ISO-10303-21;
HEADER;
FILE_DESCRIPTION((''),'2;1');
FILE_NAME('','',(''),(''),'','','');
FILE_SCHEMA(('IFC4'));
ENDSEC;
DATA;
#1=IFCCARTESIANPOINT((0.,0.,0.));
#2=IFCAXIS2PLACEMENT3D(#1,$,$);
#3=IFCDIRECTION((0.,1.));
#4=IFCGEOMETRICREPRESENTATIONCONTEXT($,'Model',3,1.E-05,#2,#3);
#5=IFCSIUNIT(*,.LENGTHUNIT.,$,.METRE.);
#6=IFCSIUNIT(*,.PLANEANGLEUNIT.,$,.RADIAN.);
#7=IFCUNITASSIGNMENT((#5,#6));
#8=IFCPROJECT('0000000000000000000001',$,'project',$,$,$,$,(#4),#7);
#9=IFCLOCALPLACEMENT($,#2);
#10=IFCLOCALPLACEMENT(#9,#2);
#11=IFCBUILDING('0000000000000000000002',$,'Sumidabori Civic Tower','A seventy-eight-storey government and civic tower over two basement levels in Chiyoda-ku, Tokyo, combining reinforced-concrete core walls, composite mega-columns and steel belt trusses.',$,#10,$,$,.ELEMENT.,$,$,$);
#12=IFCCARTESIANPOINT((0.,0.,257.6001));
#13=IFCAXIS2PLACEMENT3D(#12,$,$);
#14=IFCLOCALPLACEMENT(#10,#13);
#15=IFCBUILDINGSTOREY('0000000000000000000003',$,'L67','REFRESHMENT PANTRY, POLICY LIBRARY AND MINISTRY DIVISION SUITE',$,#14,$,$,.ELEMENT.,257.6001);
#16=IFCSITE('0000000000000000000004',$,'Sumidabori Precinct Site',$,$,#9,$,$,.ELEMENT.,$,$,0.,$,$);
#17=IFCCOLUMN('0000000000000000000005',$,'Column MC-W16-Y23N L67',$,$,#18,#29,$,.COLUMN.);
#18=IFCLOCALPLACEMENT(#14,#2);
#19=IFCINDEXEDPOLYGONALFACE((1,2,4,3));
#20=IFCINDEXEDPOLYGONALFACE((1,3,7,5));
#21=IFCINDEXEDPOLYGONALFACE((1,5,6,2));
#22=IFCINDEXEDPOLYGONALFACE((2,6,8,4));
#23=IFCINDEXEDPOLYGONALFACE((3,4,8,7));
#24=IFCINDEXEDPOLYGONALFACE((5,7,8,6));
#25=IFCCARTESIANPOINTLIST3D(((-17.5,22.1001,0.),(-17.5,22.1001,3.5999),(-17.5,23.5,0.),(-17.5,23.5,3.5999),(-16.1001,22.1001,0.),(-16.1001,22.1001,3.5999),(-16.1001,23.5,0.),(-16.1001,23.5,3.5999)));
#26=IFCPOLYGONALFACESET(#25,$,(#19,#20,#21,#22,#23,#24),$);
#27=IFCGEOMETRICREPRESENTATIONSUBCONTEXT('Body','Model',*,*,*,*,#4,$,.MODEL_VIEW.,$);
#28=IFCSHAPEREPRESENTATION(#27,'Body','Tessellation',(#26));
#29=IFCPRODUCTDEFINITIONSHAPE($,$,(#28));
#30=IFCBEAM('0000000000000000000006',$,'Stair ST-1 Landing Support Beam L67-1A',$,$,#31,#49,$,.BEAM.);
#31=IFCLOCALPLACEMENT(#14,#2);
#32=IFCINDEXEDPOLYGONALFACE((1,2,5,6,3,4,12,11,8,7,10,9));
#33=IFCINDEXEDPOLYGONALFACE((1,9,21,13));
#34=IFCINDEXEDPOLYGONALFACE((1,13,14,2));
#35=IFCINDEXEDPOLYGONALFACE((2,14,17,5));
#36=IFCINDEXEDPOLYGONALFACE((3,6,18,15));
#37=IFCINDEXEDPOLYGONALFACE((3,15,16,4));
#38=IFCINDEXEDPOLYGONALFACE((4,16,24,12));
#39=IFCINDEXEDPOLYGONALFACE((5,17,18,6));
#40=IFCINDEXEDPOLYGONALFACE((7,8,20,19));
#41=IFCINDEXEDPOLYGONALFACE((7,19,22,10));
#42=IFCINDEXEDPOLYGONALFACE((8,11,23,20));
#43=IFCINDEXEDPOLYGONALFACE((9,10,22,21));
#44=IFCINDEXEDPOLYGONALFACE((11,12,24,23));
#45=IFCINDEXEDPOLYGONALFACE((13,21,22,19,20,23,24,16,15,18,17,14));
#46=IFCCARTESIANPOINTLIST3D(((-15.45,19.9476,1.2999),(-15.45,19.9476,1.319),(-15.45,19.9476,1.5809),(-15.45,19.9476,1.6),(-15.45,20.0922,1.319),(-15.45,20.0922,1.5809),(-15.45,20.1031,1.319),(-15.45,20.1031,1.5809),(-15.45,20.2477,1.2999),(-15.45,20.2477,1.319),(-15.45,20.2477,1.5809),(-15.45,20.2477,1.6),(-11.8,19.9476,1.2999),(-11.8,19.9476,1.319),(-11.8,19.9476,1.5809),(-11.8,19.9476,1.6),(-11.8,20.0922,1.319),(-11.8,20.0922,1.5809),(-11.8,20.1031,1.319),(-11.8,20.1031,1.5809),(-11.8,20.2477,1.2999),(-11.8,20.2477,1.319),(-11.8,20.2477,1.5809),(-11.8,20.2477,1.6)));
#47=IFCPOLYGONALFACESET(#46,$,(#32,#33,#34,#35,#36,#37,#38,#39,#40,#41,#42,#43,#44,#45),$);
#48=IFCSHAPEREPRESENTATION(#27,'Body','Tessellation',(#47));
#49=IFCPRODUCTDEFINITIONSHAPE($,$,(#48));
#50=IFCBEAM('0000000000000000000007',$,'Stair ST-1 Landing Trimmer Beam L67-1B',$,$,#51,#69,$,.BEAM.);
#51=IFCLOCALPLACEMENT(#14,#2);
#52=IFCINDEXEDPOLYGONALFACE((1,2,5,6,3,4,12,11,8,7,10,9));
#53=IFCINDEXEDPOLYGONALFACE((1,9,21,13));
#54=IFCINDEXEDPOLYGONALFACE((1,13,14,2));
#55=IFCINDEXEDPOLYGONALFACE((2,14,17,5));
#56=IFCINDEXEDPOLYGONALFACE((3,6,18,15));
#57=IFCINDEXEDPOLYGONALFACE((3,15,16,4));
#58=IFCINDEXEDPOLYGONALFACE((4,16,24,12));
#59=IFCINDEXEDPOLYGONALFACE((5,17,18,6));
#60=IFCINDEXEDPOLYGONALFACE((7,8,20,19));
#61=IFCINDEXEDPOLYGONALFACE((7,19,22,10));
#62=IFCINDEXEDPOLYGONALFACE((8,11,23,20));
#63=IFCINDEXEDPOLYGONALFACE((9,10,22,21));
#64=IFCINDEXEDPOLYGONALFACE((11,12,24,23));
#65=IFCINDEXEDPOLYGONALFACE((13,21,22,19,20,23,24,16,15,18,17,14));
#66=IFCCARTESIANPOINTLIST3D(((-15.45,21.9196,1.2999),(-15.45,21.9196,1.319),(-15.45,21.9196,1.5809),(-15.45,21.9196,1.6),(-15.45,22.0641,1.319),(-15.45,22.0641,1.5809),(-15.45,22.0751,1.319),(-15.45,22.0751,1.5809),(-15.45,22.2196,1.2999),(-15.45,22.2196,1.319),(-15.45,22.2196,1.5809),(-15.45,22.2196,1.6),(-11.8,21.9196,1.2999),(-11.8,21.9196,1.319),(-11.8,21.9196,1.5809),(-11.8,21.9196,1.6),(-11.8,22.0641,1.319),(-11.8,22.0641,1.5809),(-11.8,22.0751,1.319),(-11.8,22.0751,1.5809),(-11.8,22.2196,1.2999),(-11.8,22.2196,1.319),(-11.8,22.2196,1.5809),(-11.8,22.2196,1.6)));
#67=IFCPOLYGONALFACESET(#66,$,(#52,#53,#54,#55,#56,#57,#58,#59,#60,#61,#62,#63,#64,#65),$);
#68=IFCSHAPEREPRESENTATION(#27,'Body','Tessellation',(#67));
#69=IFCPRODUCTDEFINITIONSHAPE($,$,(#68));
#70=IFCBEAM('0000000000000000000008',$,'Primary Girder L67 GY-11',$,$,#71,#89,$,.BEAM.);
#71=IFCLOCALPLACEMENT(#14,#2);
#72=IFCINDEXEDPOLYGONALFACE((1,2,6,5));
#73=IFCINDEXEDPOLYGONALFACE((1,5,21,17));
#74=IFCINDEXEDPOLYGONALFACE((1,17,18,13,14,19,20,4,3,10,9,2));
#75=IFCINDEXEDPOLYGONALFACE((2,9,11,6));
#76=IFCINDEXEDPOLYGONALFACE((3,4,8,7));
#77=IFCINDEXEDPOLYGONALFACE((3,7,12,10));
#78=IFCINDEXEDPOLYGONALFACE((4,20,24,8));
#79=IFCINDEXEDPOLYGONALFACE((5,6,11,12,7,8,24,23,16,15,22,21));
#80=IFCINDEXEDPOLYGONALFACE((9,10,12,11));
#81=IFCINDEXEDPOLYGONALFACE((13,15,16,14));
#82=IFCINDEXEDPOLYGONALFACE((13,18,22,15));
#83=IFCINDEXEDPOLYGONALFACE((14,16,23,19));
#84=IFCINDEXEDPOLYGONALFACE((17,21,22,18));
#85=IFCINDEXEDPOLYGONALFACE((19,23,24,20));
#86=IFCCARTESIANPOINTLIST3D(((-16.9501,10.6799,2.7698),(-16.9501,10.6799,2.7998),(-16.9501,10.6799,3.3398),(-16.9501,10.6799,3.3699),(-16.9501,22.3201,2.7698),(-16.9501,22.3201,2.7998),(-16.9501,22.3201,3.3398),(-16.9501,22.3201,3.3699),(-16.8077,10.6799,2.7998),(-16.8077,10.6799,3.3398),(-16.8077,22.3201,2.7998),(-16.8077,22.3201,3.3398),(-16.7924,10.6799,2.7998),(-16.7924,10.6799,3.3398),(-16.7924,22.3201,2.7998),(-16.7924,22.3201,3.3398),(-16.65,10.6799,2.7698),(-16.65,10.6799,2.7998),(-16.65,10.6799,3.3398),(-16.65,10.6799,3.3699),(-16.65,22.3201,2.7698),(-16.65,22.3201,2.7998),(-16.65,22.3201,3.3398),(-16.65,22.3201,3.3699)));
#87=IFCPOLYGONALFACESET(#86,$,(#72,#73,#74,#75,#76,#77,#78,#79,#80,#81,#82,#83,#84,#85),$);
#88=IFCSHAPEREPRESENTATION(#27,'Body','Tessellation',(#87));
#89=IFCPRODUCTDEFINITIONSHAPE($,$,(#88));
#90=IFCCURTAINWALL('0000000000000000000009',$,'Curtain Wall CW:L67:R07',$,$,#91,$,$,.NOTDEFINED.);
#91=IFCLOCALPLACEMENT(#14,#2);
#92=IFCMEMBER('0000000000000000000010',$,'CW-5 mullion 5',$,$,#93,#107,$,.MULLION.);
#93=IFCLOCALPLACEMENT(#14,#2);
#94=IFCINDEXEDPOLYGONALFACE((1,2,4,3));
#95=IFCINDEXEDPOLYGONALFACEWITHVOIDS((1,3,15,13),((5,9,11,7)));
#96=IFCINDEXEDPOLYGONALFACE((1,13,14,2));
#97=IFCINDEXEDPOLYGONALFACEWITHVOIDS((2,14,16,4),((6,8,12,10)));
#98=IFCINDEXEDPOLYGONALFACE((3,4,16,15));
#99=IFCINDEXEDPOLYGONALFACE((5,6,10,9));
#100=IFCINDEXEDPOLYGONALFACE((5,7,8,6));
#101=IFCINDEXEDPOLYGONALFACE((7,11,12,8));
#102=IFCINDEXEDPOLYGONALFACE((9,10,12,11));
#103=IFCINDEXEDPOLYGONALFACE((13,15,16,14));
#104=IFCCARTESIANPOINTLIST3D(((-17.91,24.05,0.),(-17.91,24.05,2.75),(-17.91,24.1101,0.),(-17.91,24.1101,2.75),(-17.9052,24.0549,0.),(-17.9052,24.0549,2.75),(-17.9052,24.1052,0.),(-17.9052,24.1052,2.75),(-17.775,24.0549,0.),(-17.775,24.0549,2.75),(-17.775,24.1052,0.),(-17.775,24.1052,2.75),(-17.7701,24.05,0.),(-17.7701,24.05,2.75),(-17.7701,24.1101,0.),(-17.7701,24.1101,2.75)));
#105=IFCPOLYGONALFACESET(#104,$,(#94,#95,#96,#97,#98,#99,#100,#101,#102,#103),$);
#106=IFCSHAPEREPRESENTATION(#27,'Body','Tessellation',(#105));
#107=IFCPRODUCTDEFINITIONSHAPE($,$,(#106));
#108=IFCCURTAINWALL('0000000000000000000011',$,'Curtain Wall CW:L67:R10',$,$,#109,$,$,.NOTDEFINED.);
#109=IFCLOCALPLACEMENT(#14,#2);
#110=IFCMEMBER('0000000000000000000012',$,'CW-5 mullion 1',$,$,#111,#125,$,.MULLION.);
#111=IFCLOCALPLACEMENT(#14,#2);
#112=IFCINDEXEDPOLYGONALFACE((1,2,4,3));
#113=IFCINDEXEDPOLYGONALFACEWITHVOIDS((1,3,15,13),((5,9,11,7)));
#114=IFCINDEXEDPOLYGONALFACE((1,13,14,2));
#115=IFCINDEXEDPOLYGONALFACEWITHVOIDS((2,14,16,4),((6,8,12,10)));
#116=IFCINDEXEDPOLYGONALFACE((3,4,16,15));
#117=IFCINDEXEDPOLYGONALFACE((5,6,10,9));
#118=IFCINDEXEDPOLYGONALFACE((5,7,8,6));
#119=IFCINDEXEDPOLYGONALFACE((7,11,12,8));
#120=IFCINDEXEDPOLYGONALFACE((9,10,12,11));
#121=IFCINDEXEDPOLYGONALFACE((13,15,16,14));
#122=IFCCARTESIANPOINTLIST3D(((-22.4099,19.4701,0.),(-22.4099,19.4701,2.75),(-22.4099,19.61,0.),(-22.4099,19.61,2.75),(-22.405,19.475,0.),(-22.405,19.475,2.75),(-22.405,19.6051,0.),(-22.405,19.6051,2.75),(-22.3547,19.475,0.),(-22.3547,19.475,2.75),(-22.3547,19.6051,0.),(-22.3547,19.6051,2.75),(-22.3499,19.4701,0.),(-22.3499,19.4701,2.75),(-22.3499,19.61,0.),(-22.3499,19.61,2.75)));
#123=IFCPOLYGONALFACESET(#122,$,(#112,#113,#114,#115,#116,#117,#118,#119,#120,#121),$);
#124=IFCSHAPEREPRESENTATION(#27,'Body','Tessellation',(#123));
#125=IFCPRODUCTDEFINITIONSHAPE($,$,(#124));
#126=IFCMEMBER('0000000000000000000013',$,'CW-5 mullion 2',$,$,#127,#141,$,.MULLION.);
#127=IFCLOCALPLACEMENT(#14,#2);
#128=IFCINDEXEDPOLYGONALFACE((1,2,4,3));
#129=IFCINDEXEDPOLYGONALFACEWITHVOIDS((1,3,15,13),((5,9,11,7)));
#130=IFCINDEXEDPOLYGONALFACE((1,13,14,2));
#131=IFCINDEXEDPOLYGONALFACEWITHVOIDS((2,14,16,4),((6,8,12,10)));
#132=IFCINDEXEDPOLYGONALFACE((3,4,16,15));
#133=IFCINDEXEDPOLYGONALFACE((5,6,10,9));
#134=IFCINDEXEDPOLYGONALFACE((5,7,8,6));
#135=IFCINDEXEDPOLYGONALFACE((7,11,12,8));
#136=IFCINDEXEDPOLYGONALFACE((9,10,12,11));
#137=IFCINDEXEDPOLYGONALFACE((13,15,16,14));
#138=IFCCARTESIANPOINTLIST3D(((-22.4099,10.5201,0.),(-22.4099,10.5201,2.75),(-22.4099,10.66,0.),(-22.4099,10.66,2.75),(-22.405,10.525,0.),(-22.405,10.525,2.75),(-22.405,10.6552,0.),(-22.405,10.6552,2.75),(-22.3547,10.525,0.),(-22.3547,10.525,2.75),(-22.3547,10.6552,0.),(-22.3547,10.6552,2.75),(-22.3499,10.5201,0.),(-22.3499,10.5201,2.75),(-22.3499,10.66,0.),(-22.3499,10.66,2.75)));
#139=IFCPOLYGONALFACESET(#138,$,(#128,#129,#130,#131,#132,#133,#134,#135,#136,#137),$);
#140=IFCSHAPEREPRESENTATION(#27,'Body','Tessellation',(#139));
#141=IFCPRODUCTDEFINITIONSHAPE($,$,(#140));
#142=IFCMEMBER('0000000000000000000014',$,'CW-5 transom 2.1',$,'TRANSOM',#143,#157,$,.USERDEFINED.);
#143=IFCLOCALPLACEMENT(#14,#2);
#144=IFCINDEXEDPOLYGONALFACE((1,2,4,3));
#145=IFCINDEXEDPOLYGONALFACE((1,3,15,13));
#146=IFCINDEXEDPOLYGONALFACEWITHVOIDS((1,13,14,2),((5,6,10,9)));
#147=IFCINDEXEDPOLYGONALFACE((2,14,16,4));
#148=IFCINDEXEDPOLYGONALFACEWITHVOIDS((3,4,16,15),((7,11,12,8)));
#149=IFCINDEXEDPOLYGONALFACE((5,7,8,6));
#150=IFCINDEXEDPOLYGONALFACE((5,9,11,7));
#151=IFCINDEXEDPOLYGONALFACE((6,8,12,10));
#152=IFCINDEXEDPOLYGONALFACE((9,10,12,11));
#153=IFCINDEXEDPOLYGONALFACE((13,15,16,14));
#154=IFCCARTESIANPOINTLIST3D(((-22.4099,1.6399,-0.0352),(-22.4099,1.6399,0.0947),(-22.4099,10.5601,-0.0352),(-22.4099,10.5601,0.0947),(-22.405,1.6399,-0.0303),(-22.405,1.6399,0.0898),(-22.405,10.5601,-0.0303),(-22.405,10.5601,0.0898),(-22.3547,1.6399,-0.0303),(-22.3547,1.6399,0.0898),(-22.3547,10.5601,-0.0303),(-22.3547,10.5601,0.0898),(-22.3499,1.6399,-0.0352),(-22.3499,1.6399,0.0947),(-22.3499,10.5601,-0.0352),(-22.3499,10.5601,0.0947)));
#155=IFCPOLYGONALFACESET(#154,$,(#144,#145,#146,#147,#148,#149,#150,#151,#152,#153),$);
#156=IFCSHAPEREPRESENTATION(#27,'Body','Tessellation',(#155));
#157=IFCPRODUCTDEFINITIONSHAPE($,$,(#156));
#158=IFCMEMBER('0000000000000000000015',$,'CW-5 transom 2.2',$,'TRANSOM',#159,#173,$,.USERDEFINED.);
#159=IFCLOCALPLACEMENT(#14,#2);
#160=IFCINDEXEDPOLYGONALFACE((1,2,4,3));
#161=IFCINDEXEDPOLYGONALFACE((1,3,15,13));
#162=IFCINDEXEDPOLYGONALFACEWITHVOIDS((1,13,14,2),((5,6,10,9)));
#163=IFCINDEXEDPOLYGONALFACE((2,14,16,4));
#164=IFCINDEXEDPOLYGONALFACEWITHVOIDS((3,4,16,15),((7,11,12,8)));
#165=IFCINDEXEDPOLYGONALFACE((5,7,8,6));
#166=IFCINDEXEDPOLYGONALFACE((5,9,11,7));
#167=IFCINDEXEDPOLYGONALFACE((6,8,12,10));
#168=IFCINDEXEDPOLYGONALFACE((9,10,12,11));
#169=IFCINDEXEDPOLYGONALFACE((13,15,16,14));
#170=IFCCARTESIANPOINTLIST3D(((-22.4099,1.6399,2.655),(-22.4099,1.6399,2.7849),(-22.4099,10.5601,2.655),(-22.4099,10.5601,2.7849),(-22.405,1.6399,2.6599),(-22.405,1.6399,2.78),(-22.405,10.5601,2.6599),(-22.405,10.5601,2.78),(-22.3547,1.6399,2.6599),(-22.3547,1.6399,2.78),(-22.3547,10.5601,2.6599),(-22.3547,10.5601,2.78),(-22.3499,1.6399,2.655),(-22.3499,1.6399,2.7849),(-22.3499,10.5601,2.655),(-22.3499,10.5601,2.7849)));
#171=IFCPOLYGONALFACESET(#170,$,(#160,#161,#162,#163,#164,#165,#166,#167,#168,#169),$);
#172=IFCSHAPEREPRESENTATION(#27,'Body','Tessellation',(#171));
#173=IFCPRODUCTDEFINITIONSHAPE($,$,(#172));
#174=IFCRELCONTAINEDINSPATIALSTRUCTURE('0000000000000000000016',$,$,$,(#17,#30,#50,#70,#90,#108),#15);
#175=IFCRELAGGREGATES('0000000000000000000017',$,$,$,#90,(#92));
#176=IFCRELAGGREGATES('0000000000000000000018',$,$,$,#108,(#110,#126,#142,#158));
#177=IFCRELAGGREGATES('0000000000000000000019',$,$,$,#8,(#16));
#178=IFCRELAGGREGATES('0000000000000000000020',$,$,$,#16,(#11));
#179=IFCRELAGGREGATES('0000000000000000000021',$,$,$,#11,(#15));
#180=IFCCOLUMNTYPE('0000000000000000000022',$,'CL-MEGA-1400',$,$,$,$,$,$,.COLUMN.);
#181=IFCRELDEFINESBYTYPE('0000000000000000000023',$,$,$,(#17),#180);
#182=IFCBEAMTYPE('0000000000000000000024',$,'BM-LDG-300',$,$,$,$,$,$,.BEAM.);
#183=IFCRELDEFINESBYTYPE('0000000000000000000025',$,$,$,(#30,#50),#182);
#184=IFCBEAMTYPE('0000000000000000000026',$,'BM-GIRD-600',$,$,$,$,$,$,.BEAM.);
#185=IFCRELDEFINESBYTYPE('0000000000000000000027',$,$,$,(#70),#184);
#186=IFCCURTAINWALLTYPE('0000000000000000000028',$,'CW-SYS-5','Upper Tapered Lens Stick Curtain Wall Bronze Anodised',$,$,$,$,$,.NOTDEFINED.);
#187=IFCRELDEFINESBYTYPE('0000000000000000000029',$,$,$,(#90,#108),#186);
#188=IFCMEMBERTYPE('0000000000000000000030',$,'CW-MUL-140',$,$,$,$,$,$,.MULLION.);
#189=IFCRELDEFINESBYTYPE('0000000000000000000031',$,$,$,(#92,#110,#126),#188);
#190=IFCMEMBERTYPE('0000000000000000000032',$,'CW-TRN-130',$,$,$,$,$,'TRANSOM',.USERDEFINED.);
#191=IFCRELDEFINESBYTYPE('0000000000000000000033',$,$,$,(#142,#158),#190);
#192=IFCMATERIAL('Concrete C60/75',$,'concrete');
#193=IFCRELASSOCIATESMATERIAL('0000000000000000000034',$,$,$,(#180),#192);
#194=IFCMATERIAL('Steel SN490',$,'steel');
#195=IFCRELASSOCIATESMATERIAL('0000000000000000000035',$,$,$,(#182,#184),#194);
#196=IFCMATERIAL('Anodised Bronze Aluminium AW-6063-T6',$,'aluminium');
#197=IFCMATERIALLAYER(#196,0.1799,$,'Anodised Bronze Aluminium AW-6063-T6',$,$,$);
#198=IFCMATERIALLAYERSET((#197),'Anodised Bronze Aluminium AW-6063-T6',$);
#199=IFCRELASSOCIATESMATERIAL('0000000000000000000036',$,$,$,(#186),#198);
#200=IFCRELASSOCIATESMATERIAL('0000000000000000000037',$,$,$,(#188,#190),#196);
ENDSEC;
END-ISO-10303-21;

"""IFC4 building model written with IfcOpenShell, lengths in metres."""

from ifc_helpers import new_model, si_unit, direction, frame, origin, origin_2d, place, context, subcontext, project, spatial, rectangle, hollow_rectangle, i_section, extrude, source, transform, mapped, material, layer, layer_set, material_profile, profile_set, type_object, element, aggregate, save


model = new_model("IFC4")

# Units and contexts
model_context = context("Model", 3, precision=1e-05, world=origin(), true_north=direction((0.0, 1.0)))
body_context = subcontext(model_context, "Body", "Model", "MODEL_VIEW")
ifc_project = project(units=[si_unit("LENGTHUNIT", "METRE"), si_unit("PLANEANGLEUNIT", "RADIAN")], contexts=[model_context])

# Site, building, storey
site_placement = place(None, origin())
site = spatial("IfcSite", under=ifc_project, at=site_placement, Name="Sumidabori Precinct Site", CompositionType="ELEMENT", RefElevation=0.0)
building_placement = place(site_placement, origin())
building = spatial("IfcBuilding", under=site, at=building_placement, Name="Sumidabori Civic Tower", Description="A seventy-eight-storey government and civic tower over two basement levels in Chiyoda-ku, Tokyo, combining reinforced-concrete core walls, composite mega-columns and steel belt trusses.", CompositionType="ELEMENT")
storey_placement = place(building_placement, frame((0.0, 0.0, 257.6001)))
storey = spatial("IfcBuildingStorey", under=building, at=storey_placement, Name="L67", Description="REFRESHMENT PANTRY, POLICY LIBRARY AND MINISTRY DIVISION SUITE", CompositionType="ELEMENT", Elevation=257.6001)

# Column
ifc_material_1 = material(Name="Concrete C60/75", Category="concrete")
ifc_material_profile_1 = material_profile(ifc_material_1, rectangle(XDim=1.3999, YDim=1.3999, at=origin_2d()), Name="RC 1400x1400")
ifc_profile_set_1 = profile_set([ifc_material_profile_1], Name="Concrete C60/75")
column_type = type_object("IfcColumnType", Name="CL-MEGA-1400", PredefinedType="COLUMN", material=ifc_profile_set_1)
shared_shape_1 = source(origin(), body_context, "Body", "SweptSolid", [
    extrude(rectangle(XDim=1.3999, YDim=1.3999, at=origin_2d()), origin(), (0.0, 0.0, 1.0), 3.5999),
])
column_placement = place(storey_placement, frame((-16.8, 22.8, 0.0), z_axis=(0.0, 0.0, 1.0), x_axis=(1.0, 0.0, 0.0)))
element("IfcColumn", 1, at=column_placement, inside=storey, type_object=column_type, Name="Column MC-W16-Y23N L67", PredefinedType="COLUMN", context=body_context, shape_type="MappedRepresentation", body=[
    mapped(shared_shape_1, transform((0.0, 0.0, 0.0), x_axis=(1.0, 0.0, 0.0), y_axis=(0.0, 1.0, 0.0), z_axis=(0.0, 0.0, 1.0), scale=1.0)),
])

# Beams
ifc_material_2 = material(Name="Steel SN490", Category="steel")
ifc_material_profile_2 = material_profile(ifc_material_2, i_section(OverallWidth=0.3, OverallDepth=0.3, WebThickness=0.011, FlangeThickness=0.019, at=origin_2d()), Name="HE 300 B")
ifc_profile_set_2 = profile_set([ifc_material_profile_2], Name="Steel SN490")
beam_type_1 = type_object("IfcBeamType", Name="BM-LDG-300", PredefinedType="BEAM", material=ifc_profile_set_2)
shared_shape_2 = source(origin(), body_context, "Body", "SweptSolid", [
    extrude(i_section(OverallWidth=0.3, OverallDepth=0.3, WebThickness=0.011, FlangeThickness=0.019, at=origin_2d()), origin(), (0.0, 0.0, 1.0), 3.6499),
])
for number, where, z_axis, x_axis, name in (
    (2, (-15.45, 20.0977, 1.45), (1.0, 0.0, 0.0), (0.0, 1.0, 0.0), "Stair ST-1 Landing Support Beam L67-1A"),
    (3, (-15.45, 22.0696, 1.45), (1.0, 0.0, 0.0), (0.0, 1.0, 0.0), "Stair ST-1 Landing Trimmer Beam L67-1B"),
):
    element("IfcBeam", number, at=place(storey_placement, frame(where, z_axis=z_axis, x_axis=x_axis)), inside=storey, type_object=beam_type_1, Name=name, PredefinedType="BEAM", context=body_context, shape_type="MappedRepresentation", body=[
        mapped(shared_shape_2, transform((0.0, 0.0, 0.0), x_axis=(1.0, 0.0, 0.0), y_axis=(0.0, 1.0, 0.0), z_axis=(0.0, 0.0, 1.0), scale=1.0)),
    ])
ifc_material_profile_3 = material_profile(ifc_material_2, i_section(OverallWidth=0.3, OverallDepth=0.6001, WebThickness=0.0154, FlangeThickness=0.03, at=origin_2d()), Name="HE 600 B")
ifc_profile_set_3 = profile_set([ifc_material_profile_3], Name="Steel SN490")
beam_type_2 = type_object("IfcBeamType", Name="BM-GIRD-600", PredefinedType="BEAM", material=ifc_profile_set_3)
shared_shape_3 = source(origin(), body_context, "Body", "SweptSolid", [
    extrude(i_section(OverallWidth=0.3, OverallDepth=0.6001, WebThickness=0.0154, FlangeThickness=0.03, at=origin_2d()), origin(), (0.0, 0.0, 1.0), 11.6401),
])
beam_placement = place(storey_placement, frame((-16.8, 10.6799, 3.0698), z_axis=(0.0, 1.0, 0.0), x_axis=(-1.0, 0.0, 0.0)))
element("IfcBeam", 4, at=beam_placement, inside=storey, type_object=beam_type_2, Name="Primary Girder L67 GY-11", PredefinedType="BEAM", context=body_context, shape_type="MappedRepresentation", body=[
    mapped(shared_shape_3, transform((0.0, 0.0, 0.0), x_axis=(1.0, 0.0, 0.0), y_axis=(0.0, 1.0, 0.0), z_axis=(0.0, 0.0, 1.0), scale=1.0)),
])

# Curtain wall, member
ifc_material_3 = material(Name="Anodised Bronze Aluminium AW-6063-T6", Category="aluminium")
ifc_layer_1 = layer(ifc_material_3, 0.1799, Name="Anodised Bronze Aluminium AW-6063-T6")
ifc_layer_set_1 = layer_set([ifc_layer_1], Name="Anodised Bronze Aluminium AW-6063-T6")
curtain_wall_type = type_object("IfcCurtainWallType", Name="CW-SYS-5", Description="Upper Tapered Lens Stick Curtain Wall Bronze Anodised", PredefinedType="NOTDEFINED", material=ifc_layer_set_1)
curtain_wall_1_placement = place(storey_placement, origin())
curtain_wall_1 = element("IfcCurtainWall", 5, at=curtain_wall_1_placement, inside=storey, type_object=curtain_wall_type, Name="Curtain Wall CW:L67:R07", PredefinedType="NOTDEFINED")
ifc_material_profile_4 = material_profile(ifc_material_3, hollow_rectangle(XDim=0.0601, YDim=0.1399, WallThickness=0.0049, at=origin_2d()), Name="ALU MULLION 140x60")
ifc_profile_set_4 = profile_set([ifc_material_profile_4], Name="Anodised Bronze Aluminium AW-6063-T6")
member_type_1 = type_object("IfcMemberType", Name="CW-MUL-140", PredefinedType="MULLION", material=ifc_profile_set_4)
shared_shape_4 = source(origin(), body_context, "Body", "SweptSolid", [
    extrude(hollow_rectangle(XDim=0.0601, YDim=0.1399, WallThickness=0.0049, at=origin_2d()), origin(), (0.0, 0.0, 1.0), 2.75),
])
member_1_placement = place(storey_placement, frame((-17.8401, 24.0801, 0.0), z_axis=(0.0, 0.0, 1.0), x_axis=(0.0, -1.0, 0.0)))
member_1 = element("IfcMember", 6, at=member_1_placement, type_object=member_type_1, Name="CW-5 mullion 5", PredefinedType="MULLION", context=body_context, shape_type="MappedRepresentation", body=[
    mapped(shared_shape_4, transform((0.0, 0.0, 0.0), x_axis=(1.0, 0.0, 0.0), y_axis=(0.0, 1.0, 0.0), z_axis=(0.0, 0.0, 1.0), scale=1.0)),
])

# Curtain wall, members
curtain_wall_2_placement = place(storey_placement, origin())
curtain_wall_2 = element("IfcCurtainWall", 7, at=curtain_wall_2_placement, inside=storey, type_object=curtain_wall_type, Name="Curtain Wall CW:L67:R10", PredefinedType="NOTDEFINED")
member_2_placement = place(storey_placement, frame((-22.3799, 19.54, 0.0), z_axis=(0.0, 0.0, 1.0), x_axis=(1.0, 0.0, 0.0)))
member_2 = element("IfcMember", 8, at=member_2_placement, type_object=member_type_1, Name="CW-5 mullion 1", PredefinedType="MULLION", context=body_context, shape_type="MappedRepresentation", body=[
    mapped(shared_shape_4, transform((0.0, 0.0, 0.0), x_axis=(1.0, 0.0, 0.0), y_axis=(0.0, 1.0, 0.0), z_axis=(0.0, 0.0, 1.0), scale=1.0)),
])
member_3_placement = place(storey_placement, frame((-22.3799, 10.5901, 0.0), z_axis=(0.0, 0.0, 1.0), x_axis=(1.0, 0.0, 0.0)))
member_3 = element("IfcMember", 9, at=member_3_placement, type_object=member_type_1, Name="CW-5 mullion 2", PredefinedType="MULLION", context=body_context, shape_type="MappedRepresentation", body=[
    mapped(shared_shape_4, transform((0.0, 0.0, 0.0), x_axis=(1.0, 0.0, 0.0), y_axis=(0.0, 1.0, 0.0), z_axis=(0.0, 0.0, 1.0), scale=1.0)),
])
ifc_material_profile_5 = material_profile(ifc_material_3, hollow_rectangle(XDim=0.0601, YDim=0.1299, WallThickness=0.0049, at=origin_2d()), Name="ALU TRANSOM 130x60")
ifc_profile_set_5 = profile_set([ifc_material_profile_5], Name="Anodised Bronze Aluminium AW-6063-T6")
member_type_2 = type_object("IfcMemberType", Name="CW-TRN-130", ElementType="TRANSOM", PredefinedType="USERDEFINED", material=ifc_profile_set_5)
shared_shape_5 = source(origin(), body_context, "Body", "SweptSolid", [
    extrude(hollow_rectangle(XDim=0.0601, YDim=0.1299, WallThickness=0.0049, at=origin_2d()), origin(), (0.0, 0.0, 1.0), 8.9202),
])
member_4_placement = place(storey_placement, frame((-22.3799, 10.5601, 0.0298), z_axis=(0.0, -1.0, 0.0), x_axis=(1.0, 0.0, 0.0)))
member_4 = element("IfcMember", 10, at=member_4_placement, type_object=member_type_2, Name="CW-5 transom 2.1", ObjectType="TRANSOM", PredefinedType="USERDEFINED", context=body_context, shape_type="MappedRepresentation", body=[
    mapped(shared_shape_5, transform((0.0, 0.0, 0.0), x_axis=(1.0, 0.0, 0.0), y_axis=(0.0, 1.0, 0.0), z_axis=(0.0, 0.0, 1.0), scale=1.0)),
])
member_5_placement = place(storey_placement, frame((-22.3799, 10.5601, 2.72), z_axis=(0.0, -1.0, 0.0), x_axis=(1.0, 0.0, 0.0)))
member_5 = element("IfcMember", 11, at=member_5_placement, type_object=member_type_2, Name="CW-5 transom 2.2", ObjectType="TRANSOM", PredefinedType="USERDEFINED", context=body_context, shape_type="MappedRepresentation", body=[
    mapped(shared_shape_5, transform((0.0, 0.0, 0.0), x_axis=(1.0, 0.0, 0.0), y_axis=(0.0, 1.0, 0.0), z_axis=(0.0, 0.0, 1.0), scale=1.0)),
])

aggregate(curtain_wall_1, [member_1])
aggregate(curtain_wall_2, [member_2, member_3, member_4, member_5])

save(model, "model.ifc")
